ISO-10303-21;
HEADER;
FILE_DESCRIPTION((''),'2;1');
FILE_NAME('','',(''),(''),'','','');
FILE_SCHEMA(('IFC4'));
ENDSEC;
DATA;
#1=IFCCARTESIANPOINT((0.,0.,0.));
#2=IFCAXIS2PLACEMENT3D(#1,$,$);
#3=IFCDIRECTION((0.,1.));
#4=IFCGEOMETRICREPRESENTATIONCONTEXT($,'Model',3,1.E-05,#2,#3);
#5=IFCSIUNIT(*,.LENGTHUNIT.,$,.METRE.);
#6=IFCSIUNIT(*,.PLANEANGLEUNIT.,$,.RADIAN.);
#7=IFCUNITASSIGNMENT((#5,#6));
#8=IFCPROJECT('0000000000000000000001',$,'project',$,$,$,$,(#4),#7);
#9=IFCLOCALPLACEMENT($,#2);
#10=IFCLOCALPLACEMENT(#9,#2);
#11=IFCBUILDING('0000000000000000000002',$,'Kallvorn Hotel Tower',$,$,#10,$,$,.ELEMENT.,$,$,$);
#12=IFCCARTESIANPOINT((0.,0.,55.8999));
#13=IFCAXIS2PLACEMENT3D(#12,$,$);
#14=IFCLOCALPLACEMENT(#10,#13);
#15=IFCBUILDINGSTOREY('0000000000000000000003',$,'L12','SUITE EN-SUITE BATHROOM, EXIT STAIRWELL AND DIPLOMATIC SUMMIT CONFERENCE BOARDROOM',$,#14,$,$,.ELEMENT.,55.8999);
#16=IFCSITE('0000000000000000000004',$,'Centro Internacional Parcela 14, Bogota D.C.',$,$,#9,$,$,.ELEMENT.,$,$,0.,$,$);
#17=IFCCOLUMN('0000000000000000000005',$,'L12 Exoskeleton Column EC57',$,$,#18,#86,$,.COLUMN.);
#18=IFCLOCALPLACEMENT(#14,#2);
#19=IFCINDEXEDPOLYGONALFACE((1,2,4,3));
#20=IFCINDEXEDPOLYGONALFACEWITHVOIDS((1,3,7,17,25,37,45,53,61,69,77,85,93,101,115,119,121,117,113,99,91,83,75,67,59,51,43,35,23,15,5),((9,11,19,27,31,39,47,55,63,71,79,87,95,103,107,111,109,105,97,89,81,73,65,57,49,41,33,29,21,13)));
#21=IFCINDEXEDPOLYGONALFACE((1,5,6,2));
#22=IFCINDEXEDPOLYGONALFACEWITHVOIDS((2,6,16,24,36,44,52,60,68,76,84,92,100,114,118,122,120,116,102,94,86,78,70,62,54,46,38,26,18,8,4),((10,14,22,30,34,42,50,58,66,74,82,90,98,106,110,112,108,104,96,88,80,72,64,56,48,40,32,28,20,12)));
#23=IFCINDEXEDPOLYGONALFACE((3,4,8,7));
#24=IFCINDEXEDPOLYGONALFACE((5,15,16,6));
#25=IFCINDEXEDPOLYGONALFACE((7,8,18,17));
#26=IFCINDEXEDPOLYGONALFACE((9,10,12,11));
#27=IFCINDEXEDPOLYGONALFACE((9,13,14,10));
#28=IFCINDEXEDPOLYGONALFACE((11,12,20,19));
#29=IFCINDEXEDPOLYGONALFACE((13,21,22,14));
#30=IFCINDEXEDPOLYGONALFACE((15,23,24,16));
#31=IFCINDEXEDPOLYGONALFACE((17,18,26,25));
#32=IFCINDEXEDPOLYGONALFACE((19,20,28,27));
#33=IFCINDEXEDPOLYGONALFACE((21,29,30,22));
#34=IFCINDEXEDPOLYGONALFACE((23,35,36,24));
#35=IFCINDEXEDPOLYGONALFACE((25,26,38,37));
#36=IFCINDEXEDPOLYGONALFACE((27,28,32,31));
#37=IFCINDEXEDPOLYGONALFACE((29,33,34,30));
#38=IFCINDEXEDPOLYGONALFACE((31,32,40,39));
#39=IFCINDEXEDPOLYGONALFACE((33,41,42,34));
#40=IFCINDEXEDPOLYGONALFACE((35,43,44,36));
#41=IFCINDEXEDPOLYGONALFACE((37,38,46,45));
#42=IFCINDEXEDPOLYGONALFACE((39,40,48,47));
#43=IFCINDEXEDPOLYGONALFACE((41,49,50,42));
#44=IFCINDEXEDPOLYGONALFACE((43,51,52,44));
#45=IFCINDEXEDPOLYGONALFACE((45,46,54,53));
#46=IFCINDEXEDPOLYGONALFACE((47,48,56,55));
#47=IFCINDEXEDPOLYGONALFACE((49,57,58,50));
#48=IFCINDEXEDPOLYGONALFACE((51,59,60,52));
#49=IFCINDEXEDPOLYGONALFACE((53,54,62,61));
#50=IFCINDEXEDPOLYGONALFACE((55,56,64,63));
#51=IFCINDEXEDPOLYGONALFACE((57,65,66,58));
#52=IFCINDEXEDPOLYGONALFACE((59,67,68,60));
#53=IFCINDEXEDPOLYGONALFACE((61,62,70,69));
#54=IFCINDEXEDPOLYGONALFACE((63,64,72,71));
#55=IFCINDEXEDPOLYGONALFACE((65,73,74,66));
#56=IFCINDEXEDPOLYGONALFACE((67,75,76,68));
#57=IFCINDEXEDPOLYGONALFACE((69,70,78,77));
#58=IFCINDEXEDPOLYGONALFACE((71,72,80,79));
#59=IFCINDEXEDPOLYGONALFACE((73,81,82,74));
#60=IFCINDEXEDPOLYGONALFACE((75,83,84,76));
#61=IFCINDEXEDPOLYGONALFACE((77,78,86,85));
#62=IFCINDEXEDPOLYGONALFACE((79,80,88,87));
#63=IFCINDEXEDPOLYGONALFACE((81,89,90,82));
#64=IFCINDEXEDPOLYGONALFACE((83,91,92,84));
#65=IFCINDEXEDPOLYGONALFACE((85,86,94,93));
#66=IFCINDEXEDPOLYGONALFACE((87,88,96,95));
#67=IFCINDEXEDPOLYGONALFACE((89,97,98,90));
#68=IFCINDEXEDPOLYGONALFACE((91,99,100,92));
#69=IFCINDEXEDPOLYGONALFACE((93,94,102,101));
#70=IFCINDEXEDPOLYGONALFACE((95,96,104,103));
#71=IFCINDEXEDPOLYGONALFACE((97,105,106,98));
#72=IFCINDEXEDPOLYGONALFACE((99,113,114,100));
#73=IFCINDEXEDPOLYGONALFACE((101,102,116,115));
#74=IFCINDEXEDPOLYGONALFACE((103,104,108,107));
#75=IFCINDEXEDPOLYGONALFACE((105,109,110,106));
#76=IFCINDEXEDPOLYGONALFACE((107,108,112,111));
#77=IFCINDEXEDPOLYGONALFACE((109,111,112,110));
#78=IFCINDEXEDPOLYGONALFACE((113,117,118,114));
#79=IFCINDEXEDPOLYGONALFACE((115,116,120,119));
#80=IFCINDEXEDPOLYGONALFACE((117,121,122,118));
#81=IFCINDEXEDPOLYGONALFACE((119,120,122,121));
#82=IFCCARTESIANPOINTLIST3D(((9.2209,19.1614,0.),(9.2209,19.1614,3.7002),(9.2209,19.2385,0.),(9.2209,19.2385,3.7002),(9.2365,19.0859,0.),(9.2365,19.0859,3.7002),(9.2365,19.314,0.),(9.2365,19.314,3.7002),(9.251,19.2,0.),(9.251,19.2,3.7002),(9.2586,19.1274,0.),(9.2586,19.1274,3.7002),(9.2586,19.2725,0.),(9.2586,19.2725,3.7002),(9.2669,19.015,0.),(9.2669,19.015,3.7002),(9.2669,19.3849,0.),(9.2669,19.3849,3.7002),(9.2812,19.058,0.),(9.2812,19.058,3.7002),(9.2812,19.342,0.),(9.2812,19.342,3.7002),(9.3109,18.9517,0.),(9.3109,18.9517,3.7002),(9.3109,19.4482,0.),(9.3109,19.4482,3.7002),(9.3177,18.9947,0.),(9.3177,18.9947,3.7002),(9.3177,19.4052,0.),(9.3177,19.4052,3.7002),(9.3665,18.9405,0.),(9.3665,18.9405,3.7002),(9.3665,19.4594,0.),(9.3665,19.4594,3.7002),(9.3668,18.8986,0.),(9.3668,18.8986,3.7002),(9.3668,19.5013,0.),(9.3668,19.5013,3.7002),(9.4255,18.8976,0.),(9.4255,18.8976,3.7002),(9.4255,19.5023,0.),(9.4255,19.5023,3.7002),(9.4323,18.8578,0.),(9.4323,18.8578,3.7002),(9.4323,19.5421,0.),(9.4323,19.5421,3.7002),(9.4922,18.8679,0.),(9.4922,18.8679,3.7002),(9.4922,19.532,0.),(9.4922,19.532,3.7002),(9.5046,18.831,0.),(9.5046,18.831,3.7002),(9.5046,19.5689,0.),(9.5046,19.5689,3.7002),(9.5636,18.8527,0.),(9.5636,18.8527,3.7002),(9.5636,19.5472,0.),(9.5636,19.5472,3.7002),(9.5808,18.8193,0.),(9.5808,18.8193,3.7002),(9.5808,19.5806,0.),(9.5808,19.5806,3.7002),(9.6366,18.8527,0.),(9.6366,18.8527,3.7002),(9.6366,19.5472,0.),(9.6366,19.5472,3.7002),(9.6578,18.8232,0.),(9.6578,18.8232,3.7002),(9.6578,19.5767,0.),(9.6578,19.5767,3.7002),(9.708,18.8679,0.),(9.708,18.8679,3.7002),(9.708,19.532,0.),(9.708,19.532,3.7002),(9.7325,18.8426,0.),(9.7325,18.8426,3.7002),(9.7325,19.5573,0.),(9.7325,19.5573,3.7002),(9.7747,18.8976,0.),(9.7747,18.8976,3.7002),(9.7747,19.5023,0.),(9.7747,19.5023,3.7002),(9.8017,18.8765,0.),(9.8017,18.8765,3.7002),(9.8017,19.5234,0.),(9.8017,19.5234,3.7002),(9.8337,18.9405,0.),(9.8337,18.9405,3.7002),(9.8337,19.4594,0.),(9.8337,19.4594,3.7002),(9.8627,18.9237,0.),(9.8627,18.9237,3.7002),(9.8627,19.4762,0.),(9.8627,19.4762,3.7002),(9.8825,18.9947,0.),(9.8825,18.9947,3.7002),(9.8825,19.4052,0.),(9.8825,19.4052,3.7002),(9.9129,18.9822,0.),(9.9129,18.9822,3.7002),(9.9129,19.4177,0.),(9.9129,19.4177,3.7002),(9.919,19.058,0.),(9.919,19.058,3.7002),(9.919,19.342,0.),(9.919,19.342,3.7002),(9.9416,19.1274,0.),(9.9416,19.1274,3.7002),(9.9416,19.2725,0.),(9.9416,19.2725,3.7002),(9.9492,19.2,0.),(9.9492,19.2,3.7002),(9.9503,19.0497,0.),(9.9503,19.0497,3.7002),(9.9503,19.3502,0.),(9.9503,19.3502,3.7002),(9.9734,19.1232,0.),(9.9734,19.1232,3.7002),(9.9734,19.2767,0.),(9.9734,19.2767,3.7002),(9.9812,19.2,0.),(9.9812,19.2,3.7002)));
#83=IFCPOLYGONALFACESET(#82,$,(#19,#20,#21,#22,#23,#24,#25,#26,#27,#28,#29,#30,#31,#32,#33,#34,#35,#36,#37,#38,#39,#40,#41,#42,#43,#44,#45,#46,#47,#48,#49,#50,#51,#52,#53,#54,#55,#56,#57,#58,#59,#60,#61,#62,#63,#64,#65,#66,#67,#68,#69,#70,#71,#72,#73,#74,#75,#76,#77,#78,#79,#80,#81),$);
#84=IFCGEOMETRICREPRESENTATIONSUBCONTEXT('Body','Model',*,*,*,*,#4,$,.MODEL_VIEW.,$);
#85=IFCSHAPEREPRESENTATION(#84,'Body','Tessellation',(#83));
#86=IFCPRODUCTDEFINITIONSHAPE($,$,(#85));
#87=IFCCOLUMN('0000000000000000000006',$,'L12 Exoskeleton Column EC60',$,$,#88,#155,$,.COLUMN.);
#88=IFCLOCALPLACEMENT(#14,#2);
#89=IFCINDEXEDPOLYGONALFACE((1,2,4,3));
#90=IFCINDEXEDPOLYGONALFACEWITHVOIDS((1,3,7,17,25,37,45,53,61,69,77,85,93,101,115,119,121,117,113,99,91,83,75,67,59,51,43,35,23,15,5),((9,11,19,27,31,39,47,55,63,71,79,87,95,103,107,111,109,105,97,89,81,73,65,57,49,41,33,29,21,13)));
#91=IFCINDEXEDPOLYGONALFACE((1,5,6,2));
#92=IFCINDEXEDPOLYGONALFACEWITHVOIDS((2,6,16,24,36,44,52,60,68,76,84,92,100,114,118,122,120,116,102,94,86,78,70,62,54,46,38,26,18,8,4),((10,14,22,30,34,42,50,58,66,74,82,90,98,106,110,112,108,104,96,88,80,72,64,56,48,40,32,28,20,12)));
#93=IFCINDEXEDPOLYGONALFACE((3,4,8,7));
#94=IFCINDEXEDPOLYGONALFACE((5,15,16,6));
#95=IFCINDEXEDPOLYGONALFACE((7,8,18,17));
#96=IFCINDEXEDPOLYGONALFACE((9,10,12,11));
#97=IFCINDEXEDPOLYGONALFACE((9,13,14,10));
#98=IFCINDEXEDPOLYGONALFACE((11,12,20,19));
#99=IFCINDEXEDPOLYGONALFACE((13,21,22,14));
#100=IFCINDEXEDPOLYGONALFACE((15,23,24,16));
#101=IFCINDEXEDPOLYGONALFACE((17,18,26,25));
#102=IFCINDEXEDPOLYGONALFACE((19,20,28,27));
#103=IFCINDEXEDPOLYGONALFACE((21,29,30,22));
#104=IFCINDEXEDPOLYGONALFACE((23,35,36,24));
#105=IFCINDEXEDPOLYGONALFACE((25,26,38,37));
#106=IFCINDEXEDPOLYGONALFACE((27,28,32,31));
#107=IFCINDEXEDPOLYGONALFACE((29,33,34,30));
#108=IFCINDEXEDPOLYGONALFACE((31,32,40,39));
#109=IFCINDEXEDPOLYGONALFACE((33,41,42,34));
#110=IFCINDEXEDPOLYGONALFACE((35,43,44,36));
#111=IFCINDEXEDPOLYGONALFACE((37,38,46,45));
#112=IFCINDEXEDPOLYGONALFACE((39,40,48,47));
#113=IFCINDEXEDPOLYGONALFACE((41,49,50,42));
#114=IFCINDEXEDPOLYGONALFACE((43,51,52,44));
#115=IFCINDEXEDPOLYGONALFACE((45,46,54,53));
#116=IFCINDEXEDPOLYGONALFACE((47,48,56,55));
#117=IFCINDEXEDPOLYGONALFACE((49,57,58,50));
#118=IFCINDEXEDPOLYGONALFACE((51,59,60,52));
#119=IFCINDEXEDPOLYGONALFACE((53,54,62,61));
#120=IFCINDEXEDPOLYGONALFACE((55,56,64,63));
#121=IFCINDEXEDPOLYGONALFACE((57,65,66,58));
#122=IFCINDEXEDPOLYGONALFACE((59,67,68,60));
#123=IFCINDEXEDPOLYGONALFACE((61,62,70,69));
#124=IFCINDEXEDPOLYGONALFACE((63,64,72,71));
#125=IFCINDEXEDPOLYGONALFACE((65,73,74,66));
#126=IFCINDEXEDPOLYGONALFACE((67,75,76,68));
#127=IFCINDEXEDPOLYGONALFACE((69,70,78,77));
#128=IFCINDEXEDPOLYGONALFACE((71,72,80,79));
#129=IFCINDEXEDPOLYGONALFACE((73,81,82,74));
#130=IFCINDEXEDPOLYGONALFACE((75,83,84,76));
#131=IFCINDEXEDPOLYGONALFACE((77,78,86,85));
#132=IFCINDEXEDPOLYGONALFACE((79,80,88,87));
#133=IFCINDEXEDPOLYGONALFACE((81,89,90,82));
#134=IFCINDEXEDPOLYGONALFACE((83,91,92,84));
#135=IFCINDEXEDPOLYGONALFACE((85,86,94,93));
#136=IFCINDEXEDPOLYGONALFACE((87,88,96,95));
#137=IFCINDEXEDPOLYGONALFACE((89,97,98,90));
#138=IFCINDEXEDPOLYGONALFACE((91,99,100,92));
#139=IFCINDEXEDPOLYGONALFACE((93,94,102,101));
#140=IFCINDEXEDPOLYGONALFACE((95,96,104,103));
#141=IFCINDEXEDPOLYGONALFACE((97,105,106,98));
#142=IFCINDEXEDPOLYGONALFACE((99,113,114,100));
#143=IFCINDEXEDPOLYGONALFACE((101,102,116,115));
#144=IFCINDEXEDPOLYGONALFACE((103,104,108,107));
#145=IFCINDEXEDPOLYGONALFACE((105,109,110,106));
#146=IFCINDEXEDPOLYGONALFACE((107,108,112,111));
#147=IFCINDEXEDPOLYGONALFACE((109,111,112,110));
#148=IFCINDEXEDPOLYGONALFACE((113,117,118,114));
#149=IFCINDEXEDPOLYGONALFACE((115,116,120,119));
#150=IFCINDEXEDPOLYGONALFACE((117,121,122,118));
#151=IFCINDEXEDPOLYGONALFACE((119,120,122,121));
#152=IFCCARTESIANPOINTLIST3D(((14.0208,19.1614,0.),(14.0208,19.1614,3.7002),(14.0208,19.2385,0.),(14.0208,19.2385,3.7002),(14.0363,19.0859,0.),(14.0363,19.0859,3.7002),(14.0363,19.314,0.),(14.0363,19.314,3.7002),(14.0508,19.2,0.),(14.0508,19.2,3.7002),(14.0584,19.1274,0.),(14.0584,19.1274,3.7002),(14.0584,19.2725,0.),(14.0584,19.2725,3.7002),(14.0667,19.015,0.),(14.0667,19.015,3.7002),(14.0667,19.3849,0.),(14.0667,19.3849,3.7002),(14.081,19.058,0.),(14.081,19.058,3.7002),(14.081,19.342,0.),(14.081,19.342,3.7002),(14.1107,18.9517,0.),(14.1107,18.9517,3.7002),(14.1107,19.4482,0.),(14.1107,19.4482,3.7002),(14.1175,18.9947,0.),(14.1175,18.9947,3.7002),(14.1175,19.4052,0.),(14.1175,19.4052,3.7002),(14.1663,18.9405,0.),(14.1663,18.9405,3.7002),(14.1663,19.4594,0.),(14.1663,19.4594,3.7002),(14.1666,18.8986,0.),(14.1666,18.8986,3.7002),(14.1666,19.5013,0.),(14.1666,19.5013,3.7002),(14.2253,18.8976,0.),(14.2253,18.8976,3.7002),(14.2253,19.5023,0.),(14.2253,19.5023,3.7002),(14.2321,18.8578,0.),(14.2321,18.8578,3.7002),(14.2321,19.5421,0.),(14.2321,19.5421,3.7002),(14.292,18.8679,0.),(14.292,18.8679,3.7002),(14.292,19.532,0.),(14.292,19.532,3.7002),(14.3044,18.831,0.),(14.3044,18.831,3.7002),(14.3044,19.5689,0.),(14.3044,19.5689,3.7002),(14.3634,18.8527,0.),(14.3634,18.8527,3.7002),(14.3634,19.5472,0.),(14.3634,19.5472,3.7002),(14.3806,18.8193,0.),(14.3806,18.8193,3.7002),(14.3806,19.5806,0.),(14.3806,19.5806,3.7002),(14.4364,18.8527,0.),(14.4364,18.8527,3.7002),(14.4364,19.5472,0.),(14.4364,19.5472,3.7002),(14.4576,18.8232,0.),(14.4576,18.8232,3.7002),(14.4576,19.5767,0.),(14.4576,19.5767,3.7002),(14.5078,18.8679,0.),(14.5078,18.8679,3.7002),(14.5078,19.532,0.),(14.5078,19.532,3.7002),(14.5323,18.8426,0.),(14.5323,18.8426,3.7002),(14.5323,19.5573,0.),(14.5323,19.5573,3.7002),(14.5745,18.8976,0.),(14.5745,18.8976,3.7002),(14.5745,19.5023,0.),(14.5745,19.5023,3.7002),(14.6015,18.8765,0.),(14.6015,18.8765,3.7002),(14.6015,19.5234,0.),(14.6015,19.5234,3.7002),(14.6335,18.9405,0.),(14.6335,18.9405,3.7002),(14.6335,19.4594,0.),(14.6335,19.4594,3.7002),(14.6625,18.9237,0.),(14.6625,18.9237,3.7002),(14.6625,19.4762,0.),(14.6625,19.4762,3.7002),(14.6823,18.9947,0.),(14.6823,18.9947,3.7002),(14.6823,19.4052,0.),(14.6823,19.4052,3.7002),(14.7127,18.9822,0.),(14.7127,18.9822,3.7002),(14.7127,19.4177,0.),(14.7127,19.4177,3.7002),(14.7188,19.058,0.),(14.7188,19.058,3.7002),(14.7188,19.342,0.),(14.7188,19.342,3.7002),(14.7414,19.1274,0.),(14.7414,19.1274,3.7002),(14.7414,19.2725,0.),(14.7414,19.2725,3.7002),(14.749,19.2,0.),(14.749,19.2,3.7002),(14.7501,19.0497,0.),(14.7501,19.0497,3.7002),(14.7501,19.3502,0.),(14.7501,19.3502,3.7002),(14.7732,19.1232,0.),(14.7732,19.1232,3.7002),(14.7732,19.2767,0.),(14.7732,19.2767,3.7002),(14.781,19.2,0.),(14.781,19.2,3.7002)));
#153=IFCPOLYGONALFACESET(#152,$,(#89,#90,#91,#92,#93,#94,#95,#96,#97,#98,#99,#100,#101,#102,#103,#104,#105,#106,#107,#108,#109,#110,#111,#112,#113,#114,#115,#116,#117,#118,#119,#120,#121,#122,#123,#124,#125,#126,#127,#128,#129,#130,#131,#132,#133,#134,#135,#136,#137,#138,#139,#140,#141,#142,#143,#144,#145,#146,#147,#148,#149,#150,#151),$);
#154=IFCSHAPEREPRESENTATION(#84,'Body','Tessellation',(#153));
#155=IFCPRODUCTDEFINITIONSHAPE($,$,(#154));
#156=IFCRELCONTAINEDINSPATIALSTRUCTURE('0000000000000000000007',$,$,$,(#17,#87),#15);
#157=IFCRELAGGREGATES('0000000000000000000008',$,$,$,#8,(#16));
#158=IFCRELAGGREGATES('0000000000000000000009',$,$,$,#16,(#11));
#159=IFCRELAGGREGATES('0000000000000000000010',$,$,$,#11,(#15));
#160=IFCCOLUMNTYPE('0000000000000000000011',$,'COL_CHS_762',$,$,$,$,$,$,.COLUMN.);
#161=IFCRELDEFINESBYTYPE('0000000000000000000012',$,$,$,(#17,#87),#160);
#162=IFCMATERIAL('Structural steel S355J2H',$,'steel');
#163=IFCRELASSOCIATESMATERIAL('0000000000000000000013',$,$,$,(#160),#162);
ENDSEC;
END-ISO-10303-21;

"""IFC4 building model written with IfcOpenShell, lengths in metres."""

from ifc_helpers import new_model, si_unit, direction, frame, origin, origin_2d, place, context, subcontext, project, spatial, hollow_circle, extrude, material, material_profile, profile_set, type_object, element, save


model = new_model("IFC4")

# Units and contexts
model_context = context("Model", 3, precision=1e-05, world=origin(), true_north=direction((0.0, 1.0)))
body_context = subcontext(model_context, "Body", "Model", "MODEL_VIEW")
ifc_project = project(units=[si_unit("LENGTHUNIT", "METRE"), si_unit("PLANEANGLEUNIT", "RADIAN")], contexts=[model_context])

# Site, building, storey
site_placement = place(None, origin())
site = spatial("IfcSite", under=ifc_project, at=site_placement, Name="Centro Internacional Parcela 14, Bogota D.C.", CompositionType="ELEMENT", RefElevation=0.0)
building_placement = place(site_placement, origin())
building = spatial("IfcBuilding", under=site, at=building_placement, Name="Kallvorn Hotel Tower", CompositionType="ELEMENT")
storey_placement = place(building_placement, frame((0.0, 0.0, 55.8999)))
storey = spatial("IfcBuildingStorey", under=building, at=storey_placement, Name="L12", Description="SUITE EN-SUITE BATHROOM, EXIT STAIRWELL AND DIPLOMATIC SUMMIT CONFERENCE BOARDROOM", CompositionType="ELEMENT", Elevation=55.8999)

# Columns
ifc_material_1 = material(Name="Structural steel S355J2H", Category="steel")
ifc_material_profile_1 = material_profile(ifc_material_1, hollow_circle(Radius=0.3811, WallThickness=0.032, at=origin_2d()), Name="CHS 762x32")
ifc_profile_set_1 = profile_set([ifc_material_profile_1], Name="Structural steel S355J2H")
column_type_1 = type_object("IfcColumnType", Name="COL_CHS_762", PredefinedType="COLUMN", material=ifc_profile_set_1)
for number, where, z_axis, x_axis, name in (
    (1, (9.6001, 19.2, 0.0), (0.0, 0.0, 1.0), (1.0, 0.0, 0.0), "L12 Exoskeleton Column EC57"),
    (2, (14.3999, 19.2, 0.0), (0.0, 0.0, 1.0), (1.0, 0.0, 0.0), "L12 Exoskeleton Column EC60"),
):
    element("IfcColumn", number, at=place(storey_placement, frame(where, z_axis=z_axis, x_axis=x_axis)), inside=storey, type_object=column_type_1, Name=name, PredefinedType="COLUMN", context=body_context, shape_type="SweptSolid", body=[
        extrude(hollow_circle(Radius=0.3811, WallThickness=0.032, at=origin_2d()), origin(), (0.0, 0.0, 1.0), 3.7002),
    ])

save(model, "model.ifc")
